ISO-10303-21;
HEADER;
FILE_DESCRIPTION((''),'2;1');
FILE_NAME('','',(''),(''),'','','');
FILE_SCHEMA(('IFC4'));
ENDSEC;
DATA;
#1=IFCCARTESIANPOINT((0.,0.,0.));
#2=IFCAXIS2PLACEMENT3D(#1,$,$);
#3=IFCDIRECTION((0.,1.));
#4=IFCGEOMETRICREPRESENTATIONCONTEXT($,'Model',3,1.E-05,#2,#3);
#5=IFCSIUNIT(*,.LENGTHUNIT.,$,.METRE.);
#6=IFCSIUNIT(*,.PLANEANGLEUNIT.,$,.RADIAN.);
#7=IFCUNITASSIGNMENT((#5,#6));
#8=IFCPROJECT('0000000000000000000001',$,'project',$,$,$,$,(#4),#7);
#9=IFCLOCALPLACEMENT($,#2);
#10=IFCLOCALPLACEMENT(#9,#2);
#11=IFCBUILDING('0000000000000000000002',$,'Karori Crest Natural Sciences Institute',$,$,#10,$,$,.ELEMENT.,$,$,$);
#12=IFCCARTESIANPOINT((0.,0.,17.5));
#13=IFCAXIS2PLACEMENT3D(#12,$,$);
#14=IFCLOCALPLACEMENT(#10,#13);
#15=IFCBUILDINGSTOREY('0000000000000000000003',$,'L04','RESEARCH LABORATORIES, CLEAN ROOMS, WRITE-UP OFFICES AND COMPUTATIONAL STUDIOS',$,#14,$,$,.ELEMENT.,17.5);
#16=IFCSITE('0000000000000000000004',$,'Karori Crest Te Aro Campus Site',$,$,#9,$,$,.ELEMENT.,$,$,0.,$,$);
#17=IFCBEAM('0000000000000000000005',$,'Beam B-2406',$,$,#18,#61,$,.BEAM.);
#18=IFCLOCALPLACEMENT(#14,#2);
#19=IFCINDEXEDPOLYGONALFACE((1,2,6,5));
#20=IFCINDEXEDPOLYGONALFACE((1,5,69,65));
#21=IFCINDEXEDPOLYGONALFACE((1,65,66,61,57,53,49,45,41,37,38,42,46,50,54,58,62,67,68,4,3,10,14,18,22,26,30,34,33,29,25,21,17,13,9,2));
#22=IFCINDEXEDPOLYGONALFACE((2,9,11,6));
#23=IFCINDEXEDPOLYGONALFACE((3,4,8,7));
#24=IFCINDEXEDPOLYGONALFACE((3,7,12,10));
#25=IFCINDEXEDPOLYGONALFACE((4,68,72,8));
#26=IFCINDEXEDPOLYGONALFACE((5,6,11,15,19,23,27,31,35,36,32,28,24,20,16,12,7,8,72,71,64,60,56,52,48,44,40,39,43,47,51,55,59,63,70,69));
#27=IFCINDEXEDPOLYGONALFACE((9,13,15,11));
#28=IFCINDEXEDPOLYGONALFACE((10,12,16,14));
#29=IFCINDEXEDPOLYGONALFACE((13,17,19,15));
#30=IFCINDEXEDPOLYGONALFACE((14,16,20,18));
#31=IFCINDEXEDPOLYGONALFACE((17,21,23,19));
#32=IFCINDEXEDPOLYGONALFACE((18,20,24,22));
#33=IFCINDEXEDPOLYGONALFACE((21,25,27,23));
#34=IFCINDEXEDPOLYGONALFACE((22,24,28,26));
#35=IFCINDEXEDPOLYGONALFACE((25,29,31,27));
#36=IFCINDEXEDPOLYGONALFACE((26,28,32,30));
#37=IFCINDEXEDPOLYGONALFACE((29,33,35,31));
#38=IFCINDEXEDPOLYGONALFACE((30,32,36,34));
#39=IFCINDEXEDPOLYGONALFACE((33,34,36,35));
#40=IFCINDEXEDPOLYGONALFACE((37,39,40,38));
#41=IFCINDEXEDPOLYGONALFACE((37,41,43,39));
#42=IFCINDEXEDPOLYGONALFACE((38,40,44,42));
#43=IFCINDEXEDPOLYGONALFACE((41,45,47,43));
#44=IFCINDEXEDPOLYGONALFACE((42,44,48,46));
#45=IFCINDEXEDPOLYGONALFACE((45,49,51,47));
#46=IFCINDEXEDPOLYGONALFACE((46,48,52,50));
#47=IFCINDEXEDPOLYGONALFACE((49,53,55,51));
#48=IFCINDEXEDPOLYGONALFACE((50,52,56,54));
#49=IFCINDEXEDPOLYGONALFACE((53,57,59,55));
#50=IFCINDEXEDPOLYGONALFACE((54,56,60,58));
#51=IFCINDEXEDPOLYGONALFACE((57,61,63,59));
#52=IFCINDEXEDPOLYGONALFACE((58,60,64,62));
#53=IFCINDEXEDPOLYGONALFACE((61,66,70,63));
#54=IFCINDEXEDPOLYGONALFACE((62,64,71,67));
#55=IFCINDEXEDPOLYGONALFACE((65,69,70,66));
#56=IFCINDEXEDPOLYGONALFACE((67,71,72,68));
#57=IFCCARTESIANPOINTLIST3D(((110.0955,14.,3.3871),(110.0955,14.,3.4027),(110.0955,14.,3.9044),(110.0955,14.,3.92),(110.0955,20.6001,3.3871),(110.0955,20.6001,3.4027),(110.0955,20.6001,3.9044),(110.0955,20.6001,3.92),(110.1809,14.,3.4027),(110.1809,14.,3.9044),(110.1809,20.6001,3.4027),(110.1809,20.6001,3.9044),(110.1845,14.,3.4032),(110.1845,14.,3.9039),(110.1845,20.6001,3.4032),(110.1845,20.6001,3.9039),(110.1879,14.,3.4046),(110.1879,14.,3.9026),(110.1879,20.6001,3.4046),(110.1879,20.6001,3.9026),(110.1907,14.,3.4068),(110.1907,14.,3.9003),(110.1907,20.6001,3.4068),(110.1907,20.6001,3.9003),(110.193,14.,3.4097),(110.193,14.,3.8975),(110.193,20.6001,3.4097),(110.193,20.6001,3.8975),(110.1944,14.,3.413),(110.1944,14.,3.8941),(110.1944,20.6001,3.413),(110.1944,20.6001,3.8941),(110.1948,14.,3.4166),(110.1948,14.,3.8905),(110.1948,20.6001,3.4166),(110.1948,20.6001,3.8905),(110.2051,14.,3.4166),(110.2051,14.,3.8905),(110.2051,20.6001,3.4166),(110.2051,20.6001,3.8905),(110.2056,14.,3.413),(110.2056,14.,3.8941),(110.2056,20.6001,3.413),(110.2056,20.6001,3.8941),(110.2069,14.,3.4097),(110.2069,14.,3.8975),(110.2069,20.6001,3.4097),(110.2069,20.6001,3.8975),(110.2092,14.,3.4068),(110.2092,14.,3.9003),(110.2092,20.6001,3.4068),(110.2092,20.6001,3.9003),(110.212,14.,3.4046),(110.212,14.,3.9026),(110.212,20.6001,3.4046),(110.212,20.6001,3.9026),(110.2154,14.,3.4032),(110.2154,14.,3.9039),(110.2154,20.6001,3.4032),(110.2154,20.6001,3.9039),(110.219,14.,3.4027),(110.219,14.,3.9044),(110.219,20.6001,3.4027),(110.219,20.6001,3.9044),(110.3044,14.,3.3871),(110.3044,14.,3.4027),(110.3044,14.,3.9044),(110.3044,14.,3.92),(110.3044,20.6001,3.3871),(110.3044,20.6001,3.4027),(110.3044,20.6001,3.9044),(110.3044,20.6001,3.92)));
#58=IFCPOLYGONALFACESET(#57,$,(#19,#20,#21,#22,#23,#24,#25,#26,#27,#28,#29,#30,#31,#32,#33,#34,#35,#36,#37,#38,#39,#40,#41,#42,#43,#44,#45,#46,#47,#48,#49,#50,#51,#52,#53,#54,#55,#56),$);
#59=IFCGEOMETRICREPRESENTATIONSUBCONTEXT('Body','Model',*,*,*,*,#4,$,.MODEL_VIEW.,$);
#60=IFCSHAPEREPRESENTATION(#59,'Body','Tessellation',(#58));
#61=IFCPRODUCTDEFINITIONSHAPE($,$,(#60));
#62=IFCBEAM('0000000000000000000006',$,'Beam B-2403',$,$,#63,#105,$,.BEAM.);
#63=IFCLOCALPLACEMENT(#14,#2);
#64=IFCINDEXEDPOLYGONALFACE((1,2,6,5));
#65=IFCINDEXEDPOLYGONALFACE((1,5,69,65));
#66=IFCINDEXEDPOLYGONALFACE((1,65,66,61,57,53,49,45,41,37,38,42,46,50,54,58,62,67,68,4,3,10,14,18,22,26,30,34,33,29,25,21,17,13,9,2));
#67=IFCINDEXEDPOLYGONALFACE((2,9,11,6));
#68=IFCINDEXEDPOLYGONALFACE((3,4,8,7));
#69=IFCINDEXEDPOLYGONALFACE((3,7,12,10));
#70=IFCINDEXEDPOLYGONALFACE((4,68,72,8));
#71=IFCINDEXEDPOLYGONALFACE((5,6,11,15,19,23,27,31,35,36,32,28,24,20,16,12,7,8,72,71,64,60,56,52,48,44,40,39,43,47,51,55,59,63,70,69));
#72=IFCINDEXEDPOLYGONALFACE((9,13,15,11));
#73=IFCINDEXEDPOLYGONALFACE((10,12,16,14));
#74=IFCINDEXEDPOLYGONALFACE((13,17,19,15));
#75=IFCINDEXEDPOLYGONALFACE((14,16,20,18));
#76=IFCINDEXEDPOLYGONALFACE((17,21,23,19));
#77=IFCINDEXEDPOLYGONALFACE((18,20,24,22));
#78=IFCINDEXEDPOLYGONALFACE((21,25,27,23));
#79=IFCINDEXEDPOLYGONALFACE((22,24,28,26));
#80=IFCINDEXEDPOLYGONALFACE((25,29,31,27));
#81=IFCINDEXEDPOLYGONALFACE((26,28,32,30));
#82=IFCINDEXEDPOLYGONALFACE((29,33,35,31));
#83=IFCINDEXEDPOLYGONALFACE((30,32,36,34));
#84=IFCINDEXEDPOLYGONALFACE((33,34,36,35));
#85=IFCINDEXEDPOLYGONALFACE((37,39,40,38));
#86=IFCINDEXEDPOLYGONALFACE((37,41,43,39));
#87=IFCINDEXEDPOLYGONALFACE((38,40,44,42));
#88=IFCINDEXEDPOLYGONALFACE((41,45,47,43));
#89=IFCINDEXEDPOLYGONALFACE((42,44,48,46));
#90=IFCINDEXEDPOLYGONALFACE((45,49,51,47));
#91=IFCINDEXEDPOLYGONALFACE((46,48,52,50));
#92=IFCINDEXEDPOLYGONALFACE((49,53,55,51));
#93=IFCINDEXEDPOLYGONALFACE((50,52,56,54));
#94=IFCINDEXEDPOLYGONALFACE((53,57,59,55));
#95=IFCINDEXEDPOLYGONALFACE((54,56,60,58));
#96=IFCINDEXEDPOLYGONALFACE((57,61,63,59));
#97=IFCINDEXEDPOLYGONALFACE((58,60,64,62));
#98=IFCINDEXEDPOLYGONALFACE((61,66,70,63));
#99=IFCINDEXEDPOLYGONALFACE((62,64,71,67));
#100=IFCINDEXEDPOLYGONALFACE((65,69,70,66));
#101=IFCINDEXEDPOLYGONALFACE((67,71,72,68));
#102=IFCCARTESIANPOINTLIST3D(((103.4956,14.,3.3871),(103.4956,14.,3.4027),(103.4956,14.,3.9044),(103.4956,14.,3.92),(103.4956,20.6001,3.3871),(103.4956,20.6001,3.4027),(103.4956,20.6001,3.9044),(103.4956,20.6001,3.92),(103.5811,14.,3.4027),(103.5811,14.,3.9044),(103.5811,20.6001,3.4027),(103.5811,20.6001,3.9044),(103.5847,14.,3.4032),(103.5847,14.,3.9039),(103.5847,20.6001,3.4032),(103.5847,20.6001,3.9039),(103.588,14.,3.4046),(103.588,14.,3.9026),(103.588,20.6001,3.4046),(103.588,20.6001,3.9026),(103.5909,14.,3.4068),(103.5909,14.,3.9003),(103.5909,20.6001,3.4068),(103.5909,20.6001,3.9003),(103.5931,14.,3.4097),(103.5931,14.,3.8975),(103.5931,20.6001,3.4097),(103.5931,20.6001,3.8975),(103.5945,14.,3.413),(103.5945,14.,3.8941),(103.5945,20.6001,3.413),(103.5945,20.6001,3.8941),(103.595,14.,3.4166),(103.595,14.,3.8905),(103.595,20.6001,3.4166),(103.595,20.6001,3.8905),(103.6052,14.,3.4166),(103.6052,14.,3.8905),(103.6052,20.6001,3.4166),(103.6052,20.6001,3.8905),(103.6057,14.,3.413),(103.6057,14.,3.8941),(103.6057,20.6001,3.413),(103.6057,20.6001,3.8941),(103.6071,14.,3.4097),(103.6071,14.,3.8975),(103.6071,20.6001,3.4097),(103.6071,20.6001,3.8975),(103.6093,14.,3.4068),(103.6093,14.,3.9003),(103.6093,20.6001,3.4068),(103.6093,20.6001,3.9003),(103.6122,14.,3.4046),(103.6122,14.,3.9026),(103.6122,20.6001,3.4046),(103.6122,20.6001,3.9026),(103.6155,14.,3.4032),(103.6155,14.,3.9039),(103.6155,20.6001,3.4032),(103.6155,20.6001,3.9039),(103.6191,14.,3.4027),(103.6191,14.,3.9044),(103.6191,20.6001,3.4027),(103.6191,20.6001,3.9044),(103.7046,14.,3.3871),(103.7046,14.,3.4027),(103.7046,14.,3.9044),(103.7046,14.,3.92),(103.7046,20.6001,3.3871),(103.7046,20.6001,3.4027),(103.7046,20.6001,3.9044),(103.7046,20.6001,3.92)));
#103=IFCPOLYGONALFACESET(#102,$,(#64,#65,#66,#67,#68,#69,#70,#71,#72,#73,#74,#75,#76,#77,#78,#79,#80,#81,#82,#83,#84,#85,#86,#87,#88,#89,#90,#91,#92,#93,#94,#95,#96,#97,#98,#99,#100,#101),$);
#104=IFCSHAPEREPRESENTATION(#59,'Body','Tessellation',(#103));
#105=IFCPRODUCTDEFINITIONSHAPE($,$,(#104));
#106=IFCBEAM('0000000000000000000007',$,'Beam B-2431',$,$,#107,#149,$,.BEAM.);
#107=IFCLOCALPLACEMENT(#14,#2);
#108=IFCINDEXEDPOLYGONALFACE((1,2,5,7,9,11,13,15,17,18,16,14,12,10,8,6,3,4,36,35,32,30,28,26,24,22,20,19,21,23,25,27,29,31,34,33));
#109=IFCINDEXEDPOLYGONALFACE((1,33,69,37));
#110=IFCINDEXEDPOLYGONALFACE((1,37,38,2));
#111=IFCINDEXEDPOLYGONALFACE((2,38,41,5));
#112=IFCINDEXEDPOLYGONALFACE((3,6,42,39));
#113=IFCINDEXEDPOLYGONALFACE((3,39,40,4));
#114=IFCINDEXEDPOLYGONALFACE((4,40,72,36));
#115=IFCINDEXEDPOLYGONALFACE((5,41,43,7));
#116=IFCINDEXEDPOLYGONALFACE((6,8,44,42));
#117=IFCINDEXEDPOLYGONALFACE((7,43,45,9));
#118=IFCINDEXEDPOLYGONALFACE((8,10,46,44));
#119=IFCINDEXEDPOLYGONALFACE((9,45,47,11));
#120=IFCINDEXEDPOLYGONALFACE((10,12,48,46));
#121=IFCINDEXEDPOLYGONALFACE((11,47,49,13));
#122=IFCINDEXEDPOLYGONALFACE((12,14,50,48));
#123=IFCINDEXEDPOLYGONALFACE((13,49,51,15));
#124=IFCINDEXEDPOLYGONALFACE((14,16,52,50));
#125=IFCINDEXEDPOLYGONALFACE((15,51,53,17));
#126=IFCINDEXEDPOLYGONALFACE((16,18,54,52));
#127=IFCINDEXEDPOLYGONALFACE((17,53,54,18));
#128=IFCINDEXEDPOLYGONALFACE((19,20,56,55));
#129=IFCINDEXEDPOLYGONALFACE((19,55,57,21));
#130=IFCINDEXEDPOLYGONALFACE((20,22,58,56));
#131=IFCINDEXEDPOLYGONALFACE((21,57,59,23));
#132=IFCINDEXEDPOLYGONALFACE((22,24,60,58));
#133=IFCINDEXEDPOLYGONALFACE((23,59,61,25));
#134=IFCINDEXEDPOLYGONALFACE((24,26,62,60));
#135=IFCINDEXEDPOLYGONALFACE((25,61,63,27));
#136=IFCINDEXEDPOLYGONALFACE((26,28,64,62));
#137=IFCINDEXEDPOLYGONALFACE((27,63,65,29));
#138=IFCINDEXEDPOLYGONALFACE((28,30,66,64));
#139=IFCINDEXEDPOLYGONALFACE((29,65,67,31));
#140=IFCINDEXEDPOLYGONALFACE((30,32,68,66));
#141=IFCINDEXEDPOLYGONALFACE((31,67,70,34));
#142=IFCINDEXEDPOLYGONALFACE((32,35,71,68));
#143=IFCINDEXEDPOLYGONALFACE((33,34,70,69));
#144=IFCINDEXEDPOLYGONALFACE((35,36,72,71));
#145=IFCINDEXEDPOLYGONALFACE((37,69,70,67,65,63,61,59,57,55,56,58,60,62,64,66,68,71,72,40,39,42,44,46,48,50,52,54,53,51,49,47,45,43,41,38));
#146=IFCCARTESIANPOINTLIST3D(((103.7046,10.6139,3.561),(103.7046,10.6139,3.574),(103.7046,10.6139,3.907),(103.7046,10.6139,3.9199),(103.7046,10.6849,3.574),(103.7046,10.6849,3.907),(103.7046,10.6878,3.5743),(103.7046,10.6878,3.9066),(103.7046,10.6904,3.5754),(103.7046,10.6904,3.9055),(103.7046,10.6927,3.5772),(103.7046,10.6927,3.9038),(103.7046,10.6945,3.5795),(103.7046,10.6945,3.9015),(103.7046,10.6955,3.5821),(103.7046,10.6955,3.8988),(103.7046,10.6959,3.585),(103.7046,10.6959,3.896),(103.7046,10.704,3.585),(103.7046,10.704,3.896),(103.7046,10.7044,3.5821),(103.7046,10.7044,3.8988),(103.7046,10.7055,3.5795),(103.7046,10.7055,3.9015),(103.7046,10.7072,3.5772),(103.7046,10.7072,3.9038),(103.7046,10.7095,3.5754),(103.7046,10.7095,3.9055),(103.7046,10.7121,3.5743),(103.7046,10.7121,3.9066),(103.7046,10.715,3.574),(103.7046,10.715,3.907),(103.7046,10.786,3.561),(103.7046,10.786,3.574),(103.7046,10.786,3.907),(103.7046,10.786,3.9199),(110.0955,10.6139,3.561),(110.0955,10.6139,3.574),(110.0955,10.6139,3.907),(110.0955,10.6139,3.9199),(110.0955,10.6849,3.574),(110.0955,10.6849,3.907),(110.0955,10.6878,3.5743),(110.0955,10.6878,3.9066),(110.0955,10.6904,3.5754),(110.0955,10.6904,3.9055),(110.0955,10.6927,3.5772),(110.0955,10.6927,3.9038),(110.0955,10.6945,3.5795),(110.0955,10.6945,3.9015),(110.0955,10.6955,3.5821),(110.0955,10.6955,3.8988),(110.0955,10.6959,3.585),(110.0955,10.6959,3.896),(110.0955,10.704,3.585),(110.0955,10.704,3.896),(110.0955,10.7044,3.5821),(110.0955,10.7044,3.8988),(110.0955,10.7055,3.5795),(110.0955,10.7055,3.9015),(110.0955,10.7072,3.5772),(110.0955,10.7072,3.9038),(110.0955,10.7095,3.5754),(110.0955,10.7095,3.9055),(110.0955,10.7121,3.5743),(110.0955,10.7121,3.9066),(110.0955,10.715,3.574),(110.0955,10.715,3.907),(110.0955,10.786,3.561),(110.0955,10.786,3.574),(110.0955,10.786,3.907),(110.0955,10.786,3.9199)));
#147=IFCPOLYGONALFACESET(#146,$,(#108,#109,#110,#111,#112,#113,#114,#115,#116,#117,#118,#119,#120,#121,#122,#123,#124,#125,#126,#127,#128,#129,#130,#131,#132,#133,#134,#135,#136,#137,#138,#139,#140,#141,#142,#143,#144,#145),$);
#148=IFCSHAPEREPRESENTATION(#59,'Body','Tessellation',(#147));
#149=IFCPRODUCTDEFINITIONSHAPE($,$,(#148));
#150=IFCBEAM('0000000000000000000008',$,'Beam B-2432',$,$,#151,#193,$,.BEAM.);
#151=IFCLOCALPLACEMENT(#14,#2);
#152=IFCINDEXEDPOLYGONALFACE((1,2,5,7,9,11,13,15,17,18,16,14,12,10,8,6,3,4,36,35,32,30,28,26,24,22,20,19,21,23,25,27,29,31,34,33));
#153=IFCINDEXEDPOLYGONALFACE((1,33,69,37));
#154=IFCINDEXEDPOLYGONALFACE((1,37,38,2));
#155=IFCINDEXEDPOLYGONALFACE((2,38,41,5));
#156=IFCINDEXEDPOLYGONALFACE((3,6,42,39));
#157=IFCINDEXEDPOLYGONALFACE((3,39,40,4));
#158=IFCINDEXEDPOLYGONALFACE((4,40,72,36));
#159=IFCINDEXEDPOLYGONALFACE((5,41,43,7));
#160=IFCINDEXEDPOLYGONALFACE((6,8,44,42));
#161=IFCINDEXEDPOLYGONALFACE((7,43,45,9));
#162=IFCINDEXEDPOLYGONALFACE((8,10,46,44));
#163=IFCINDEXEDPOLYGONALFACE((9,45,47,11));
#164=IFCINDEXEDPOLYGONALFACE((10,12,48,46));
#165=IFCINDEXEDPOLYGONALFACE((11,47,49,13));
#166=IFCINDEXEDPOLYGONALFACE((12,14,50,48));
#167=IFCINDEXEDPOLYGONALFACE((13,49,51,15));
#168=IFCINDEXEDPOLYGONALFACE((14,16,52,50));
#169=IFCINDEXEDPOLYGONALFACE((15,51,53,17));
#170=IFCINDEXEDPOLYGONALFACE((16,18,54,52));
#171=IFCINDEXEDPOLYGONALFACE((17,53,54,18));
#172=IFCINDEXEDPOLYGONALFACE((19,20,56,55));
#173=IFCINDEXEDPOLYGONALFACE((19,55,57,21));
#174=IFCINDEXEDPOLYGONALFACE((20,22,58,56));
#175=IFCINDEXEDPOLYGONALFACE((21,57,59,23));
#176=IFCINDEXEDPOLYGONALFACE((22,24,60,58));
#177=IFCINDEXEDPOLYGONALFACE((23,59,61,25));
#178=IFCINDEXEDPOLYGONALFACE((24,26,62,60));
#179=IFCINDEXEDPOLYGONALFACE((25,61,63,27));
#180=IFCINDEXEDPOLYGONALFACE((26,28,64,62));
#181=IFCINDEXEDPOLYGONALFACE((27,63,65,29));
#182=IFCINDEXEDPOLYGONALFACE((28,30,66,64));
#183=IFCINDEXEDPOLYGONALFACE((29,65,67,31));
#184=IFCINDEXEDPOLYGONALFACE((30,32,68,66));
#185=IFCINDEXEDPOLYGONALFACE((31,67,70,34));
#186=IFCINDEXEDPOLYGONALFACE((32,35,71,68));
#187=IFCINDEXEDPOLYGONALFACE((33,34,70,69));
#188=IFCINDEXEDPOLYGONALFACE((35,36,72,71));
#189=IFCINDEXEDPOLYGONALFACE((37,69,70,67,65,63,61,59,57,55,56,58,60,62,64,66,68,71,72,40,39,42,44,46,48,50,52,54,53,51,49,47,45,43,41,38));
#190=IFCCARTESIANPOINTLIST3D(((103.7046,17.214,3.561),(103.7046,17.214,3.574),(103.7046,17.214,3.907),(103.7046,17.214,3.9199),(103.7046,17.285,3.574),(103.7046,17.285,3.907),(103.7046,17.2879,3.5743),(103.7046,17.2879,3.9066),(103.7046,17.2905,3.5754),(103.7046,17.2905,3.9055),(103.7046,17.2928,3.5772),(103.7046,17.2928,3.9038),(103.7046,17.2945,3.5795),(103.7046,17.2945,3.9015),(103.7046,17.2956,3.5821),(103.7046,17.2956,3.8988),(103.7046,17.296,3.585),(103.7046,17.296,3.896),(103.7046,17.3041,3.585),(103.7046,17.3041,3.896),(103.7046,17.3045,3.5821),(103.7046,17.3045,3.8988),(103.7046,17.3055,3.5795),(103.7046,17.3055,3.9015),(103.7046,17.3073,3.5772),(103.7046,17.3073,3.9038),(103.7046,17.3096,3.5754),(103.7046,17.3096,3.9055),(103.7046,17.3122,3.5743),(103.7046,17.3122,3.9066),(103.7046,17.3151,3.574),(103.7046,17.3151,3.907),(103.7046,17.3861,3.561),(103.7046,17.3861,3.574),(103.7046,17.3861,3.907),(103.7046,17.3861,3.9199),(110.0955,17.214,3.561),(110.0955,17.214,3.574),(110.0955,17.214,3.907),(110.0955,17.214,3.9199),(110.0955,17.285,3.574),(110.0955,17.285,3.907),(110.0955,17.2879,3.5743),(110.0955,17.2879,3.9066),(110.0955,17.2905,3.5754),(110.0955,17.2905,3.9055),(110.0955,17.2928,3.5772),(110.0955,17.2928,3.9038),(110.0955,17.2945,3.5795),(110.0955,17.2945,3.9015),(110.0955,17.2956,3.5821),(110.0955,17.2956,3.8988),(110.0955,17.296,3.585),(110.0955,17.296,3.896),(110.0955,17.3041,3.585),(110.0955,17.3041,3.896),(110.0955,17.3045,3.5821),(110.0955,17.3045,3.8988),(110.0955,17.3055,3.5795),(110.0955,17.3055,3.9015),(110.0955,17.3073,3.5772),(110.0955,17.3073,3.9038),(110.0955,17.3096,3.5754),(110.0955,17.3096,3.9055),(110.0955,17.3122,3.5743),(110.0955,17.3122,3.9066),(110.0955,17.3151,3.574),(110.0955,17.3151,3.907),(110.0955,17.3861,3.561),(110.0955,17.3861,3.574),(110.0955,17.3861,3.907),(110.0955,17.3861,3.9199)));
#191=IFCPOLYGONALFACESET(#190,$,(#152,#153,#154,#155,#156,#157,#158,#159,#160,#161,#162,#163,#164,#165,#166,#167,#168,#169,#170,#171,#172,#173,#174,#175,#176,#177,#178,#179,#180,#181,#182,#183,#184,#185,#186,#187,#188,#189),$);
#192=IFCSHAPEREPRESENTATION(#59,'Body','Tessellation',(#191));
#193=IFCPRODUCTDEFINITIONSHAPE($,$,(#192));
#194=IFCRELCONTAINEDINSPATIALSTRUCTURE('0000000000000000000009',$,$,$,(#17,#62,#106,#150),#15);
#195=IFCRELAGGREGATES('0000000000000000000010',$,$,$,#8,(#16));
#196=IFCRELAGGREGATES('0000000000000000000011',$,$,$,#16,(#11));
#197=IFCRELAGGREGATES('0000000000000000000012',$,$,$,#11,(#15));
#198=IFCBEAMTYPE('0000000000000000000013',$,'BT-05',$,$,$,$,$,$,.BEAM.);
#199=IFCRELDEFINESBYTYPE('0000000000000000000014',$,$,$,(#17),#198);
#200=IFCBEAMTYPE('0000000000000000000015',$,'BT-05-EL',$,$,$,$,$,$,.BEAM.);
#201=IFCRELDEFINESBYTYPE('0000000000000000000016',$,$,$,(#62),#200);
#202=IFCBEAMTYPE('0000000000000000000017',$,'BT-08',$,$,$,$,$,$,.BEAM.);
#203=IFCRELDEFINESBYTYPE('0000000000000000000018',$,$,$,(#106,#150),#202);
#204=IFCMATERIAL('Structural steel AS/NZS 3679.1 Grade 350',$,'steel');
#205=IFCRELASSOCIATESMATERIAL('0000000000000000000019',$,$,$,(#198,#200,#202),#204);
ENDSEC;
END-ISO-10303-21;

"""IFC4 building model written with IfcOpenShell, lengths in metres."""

from ifc_helpers import new_model, si_unit, direction, frame, origin, origin_2d, place, context, subcontext, project, spatial, i_section, extrude, material, material_profile, profile_set, type_object, element, save


model = new_model("IFC4")

# Units and contexts
model_context = context("Model", 3, precision=1e-05, world=origin(), true_north=direction((0.0, 1.0)))
body_context = subcontext(model_context, "Body", "Model", "MODEL_VIEW")
ifc_project = project(units=[si_unit("LENGTHUNIT", "METRE"), si_unit("PLANEANGLEUNIT", "RADIAN")], contexts=[model_context])

# Site, building, storey
site_placement = place(None, origin())
site = spatial("IfcSite", under=ifc_project, at=site_placement, Name="Karori Crest Te Aro Campus Site", CompositionType="ELEMENT", RefElevation=0.0)
building_placement = place(site_placement, origin())
building = spatial("IfcBuilding", under=site, at=building_placement, Name="Karori Crest Natural Sciences Institute", CompositionType="ELEMENT")
storey_placement = place(building_placement, frame((0.0, 0.0, 17.5)))
storey = spatial("IfcBuildingStorey", under=building, at=storey_placement, Name="L04", Description="RESEARCH LABORATORIES, CLEAN ROOMS, WRITE-UP OFFICES AND COMPUTATIONAL STUDIOS", CompositionType="ELEMENT", Elevation=17.5)

# Shared definitions
ifc_material_1 = material(Name="Structural steel AS/NZS 3679.1 Grade 350", Category="steel")

# Beams
ifc_material_profile_1 = material_profile(ifc_material_1, i_section(OverallWidth=0.209, OverallDepth=0.533, WebThickness=0.0103, FlangeThickness=0.0156, FilletRadius=0.0139, at=origin_2d()), Name="530UB92.4")
ifc_profile_set_1 = profile_set([ifc_material_profile_1], Name="Structural steel AS/NZS 3679.1 Grade 350")
beam_type_1 = type_object("IfcBeamType", Name="BT-05", PredefinedType="BEAM", material=ifc_profile_set_1)
beam_1_placement = place(storey_placement, frame((110.2, 14.0, 3.6536), z_axis=(0.0, 1.0, 0.0), x_axis=(-1.0, 0.0, 0.0)))
element("IfcBeam", 1, at=beam_1_placement, inside=storey, type_object=beam_type_1, Name="Beam B-2406", PredefinedType="BEAM", context=body_context, shape_type="SweptSolid", body=[
    extrude(i_section(OverallWidth=0.209, OverallDepth=0.533, WebThickness=0.0103, FlangeThickness=0.0156, FilletRadius=0.0139, at=origin_2d()), origin(), (0.0, 0.0, 1.0), 6.6001),
])
ifc_material_profile_2 = material_profile(ifc_material_1, i_section(OverallWidth=0.209, OverallDepth=0.533, WebThickness=0.0103, FlangeThickness=0.0156, FilletRadius=0.0139, at=origin_2d()), Name="530UB92.4")
ifc_profile_set_2 = profile_set([ifc_material_profile_2], Name="Structural steel AS/NZS 3679.1 Grade 350")
beam_type_2 = type_object("IfcBeamType", Name="BT-05-EL", PredefinedType="BEAM", material=ifc_profile_set_2)
beam_2_placement = place(storey_placement, frame((103.6001, 14.0, 3.6536), z_axis=(0.0, 1.0, 0.0), x_axis=(-1.0, 0.0, 0.0)))
element("IfcBeam", 2, at=beam_2_placement, inside=storey, type_object=beam_type_2, Name="Beam B-2403", PredefinedType="BEAM", context=body_context, shape_type="SweptSolid", body=[
    extrude(i_section(OverallWidth=0.209, OverallDepth=0.533, WebThickness=0.0103, FlangeThickness=0.0156, FilletRadius=0.0139, at=origin_2d()), origin(), (0.0, 0.0, 1.0), 6.6001),
])
ifc_material_profile_3 = material_profile(ifc_material_1, i_section(OverallWidth=0.1721, OverallDepth=0.3589, WebThickness=0.0081, FlangeThickness=0.0129, FilletRadius=0.011, at=origin_2d()), Name="360UB56.7")
ifc_profile_set_3 = profile_set([ifc_material_profile_3], Name="Structural steel AS/NZS 3679.1 Grade 350")
beam_type_3 = type_object("IfcBeamType", Name="BT-08", PredefinedType="BEAM", material=ifc_profile_set_3)
for number, where, z_axis, x_axis, name in (
    (3, (103.7046, 10.7, 3.7405), (1.0, 0.0, 0.0), (0.0, 1.0, 0.0), "Beam B-2431"),
    (4, (103.7046, 17.3, 3.7405), (1.0, 0.0, 0.0), (0.0, 1.0, 0.0), "Beam B-2432"),
):
    element("IfcBeam", number, at=place(storey_placement, frame(where, z_axis=z_axis, x_axis=x_axis)), inside=storey, type_object=beam_type_3, Name=name, PredefinedType="BEAM", context=body_context, shape_type="SweptSolid", body=[
        extrude(i_section(OverallWidth=0.1721, OverallDepth=0.3589, WebThickness=0.0081, FlangeThickness=0.0129, FilletRadius=0.011, at=origin_2d()), origin(), (0.0, 0.0, 1.0), 6.3909),
    ])

save(model, "model.ifc")
